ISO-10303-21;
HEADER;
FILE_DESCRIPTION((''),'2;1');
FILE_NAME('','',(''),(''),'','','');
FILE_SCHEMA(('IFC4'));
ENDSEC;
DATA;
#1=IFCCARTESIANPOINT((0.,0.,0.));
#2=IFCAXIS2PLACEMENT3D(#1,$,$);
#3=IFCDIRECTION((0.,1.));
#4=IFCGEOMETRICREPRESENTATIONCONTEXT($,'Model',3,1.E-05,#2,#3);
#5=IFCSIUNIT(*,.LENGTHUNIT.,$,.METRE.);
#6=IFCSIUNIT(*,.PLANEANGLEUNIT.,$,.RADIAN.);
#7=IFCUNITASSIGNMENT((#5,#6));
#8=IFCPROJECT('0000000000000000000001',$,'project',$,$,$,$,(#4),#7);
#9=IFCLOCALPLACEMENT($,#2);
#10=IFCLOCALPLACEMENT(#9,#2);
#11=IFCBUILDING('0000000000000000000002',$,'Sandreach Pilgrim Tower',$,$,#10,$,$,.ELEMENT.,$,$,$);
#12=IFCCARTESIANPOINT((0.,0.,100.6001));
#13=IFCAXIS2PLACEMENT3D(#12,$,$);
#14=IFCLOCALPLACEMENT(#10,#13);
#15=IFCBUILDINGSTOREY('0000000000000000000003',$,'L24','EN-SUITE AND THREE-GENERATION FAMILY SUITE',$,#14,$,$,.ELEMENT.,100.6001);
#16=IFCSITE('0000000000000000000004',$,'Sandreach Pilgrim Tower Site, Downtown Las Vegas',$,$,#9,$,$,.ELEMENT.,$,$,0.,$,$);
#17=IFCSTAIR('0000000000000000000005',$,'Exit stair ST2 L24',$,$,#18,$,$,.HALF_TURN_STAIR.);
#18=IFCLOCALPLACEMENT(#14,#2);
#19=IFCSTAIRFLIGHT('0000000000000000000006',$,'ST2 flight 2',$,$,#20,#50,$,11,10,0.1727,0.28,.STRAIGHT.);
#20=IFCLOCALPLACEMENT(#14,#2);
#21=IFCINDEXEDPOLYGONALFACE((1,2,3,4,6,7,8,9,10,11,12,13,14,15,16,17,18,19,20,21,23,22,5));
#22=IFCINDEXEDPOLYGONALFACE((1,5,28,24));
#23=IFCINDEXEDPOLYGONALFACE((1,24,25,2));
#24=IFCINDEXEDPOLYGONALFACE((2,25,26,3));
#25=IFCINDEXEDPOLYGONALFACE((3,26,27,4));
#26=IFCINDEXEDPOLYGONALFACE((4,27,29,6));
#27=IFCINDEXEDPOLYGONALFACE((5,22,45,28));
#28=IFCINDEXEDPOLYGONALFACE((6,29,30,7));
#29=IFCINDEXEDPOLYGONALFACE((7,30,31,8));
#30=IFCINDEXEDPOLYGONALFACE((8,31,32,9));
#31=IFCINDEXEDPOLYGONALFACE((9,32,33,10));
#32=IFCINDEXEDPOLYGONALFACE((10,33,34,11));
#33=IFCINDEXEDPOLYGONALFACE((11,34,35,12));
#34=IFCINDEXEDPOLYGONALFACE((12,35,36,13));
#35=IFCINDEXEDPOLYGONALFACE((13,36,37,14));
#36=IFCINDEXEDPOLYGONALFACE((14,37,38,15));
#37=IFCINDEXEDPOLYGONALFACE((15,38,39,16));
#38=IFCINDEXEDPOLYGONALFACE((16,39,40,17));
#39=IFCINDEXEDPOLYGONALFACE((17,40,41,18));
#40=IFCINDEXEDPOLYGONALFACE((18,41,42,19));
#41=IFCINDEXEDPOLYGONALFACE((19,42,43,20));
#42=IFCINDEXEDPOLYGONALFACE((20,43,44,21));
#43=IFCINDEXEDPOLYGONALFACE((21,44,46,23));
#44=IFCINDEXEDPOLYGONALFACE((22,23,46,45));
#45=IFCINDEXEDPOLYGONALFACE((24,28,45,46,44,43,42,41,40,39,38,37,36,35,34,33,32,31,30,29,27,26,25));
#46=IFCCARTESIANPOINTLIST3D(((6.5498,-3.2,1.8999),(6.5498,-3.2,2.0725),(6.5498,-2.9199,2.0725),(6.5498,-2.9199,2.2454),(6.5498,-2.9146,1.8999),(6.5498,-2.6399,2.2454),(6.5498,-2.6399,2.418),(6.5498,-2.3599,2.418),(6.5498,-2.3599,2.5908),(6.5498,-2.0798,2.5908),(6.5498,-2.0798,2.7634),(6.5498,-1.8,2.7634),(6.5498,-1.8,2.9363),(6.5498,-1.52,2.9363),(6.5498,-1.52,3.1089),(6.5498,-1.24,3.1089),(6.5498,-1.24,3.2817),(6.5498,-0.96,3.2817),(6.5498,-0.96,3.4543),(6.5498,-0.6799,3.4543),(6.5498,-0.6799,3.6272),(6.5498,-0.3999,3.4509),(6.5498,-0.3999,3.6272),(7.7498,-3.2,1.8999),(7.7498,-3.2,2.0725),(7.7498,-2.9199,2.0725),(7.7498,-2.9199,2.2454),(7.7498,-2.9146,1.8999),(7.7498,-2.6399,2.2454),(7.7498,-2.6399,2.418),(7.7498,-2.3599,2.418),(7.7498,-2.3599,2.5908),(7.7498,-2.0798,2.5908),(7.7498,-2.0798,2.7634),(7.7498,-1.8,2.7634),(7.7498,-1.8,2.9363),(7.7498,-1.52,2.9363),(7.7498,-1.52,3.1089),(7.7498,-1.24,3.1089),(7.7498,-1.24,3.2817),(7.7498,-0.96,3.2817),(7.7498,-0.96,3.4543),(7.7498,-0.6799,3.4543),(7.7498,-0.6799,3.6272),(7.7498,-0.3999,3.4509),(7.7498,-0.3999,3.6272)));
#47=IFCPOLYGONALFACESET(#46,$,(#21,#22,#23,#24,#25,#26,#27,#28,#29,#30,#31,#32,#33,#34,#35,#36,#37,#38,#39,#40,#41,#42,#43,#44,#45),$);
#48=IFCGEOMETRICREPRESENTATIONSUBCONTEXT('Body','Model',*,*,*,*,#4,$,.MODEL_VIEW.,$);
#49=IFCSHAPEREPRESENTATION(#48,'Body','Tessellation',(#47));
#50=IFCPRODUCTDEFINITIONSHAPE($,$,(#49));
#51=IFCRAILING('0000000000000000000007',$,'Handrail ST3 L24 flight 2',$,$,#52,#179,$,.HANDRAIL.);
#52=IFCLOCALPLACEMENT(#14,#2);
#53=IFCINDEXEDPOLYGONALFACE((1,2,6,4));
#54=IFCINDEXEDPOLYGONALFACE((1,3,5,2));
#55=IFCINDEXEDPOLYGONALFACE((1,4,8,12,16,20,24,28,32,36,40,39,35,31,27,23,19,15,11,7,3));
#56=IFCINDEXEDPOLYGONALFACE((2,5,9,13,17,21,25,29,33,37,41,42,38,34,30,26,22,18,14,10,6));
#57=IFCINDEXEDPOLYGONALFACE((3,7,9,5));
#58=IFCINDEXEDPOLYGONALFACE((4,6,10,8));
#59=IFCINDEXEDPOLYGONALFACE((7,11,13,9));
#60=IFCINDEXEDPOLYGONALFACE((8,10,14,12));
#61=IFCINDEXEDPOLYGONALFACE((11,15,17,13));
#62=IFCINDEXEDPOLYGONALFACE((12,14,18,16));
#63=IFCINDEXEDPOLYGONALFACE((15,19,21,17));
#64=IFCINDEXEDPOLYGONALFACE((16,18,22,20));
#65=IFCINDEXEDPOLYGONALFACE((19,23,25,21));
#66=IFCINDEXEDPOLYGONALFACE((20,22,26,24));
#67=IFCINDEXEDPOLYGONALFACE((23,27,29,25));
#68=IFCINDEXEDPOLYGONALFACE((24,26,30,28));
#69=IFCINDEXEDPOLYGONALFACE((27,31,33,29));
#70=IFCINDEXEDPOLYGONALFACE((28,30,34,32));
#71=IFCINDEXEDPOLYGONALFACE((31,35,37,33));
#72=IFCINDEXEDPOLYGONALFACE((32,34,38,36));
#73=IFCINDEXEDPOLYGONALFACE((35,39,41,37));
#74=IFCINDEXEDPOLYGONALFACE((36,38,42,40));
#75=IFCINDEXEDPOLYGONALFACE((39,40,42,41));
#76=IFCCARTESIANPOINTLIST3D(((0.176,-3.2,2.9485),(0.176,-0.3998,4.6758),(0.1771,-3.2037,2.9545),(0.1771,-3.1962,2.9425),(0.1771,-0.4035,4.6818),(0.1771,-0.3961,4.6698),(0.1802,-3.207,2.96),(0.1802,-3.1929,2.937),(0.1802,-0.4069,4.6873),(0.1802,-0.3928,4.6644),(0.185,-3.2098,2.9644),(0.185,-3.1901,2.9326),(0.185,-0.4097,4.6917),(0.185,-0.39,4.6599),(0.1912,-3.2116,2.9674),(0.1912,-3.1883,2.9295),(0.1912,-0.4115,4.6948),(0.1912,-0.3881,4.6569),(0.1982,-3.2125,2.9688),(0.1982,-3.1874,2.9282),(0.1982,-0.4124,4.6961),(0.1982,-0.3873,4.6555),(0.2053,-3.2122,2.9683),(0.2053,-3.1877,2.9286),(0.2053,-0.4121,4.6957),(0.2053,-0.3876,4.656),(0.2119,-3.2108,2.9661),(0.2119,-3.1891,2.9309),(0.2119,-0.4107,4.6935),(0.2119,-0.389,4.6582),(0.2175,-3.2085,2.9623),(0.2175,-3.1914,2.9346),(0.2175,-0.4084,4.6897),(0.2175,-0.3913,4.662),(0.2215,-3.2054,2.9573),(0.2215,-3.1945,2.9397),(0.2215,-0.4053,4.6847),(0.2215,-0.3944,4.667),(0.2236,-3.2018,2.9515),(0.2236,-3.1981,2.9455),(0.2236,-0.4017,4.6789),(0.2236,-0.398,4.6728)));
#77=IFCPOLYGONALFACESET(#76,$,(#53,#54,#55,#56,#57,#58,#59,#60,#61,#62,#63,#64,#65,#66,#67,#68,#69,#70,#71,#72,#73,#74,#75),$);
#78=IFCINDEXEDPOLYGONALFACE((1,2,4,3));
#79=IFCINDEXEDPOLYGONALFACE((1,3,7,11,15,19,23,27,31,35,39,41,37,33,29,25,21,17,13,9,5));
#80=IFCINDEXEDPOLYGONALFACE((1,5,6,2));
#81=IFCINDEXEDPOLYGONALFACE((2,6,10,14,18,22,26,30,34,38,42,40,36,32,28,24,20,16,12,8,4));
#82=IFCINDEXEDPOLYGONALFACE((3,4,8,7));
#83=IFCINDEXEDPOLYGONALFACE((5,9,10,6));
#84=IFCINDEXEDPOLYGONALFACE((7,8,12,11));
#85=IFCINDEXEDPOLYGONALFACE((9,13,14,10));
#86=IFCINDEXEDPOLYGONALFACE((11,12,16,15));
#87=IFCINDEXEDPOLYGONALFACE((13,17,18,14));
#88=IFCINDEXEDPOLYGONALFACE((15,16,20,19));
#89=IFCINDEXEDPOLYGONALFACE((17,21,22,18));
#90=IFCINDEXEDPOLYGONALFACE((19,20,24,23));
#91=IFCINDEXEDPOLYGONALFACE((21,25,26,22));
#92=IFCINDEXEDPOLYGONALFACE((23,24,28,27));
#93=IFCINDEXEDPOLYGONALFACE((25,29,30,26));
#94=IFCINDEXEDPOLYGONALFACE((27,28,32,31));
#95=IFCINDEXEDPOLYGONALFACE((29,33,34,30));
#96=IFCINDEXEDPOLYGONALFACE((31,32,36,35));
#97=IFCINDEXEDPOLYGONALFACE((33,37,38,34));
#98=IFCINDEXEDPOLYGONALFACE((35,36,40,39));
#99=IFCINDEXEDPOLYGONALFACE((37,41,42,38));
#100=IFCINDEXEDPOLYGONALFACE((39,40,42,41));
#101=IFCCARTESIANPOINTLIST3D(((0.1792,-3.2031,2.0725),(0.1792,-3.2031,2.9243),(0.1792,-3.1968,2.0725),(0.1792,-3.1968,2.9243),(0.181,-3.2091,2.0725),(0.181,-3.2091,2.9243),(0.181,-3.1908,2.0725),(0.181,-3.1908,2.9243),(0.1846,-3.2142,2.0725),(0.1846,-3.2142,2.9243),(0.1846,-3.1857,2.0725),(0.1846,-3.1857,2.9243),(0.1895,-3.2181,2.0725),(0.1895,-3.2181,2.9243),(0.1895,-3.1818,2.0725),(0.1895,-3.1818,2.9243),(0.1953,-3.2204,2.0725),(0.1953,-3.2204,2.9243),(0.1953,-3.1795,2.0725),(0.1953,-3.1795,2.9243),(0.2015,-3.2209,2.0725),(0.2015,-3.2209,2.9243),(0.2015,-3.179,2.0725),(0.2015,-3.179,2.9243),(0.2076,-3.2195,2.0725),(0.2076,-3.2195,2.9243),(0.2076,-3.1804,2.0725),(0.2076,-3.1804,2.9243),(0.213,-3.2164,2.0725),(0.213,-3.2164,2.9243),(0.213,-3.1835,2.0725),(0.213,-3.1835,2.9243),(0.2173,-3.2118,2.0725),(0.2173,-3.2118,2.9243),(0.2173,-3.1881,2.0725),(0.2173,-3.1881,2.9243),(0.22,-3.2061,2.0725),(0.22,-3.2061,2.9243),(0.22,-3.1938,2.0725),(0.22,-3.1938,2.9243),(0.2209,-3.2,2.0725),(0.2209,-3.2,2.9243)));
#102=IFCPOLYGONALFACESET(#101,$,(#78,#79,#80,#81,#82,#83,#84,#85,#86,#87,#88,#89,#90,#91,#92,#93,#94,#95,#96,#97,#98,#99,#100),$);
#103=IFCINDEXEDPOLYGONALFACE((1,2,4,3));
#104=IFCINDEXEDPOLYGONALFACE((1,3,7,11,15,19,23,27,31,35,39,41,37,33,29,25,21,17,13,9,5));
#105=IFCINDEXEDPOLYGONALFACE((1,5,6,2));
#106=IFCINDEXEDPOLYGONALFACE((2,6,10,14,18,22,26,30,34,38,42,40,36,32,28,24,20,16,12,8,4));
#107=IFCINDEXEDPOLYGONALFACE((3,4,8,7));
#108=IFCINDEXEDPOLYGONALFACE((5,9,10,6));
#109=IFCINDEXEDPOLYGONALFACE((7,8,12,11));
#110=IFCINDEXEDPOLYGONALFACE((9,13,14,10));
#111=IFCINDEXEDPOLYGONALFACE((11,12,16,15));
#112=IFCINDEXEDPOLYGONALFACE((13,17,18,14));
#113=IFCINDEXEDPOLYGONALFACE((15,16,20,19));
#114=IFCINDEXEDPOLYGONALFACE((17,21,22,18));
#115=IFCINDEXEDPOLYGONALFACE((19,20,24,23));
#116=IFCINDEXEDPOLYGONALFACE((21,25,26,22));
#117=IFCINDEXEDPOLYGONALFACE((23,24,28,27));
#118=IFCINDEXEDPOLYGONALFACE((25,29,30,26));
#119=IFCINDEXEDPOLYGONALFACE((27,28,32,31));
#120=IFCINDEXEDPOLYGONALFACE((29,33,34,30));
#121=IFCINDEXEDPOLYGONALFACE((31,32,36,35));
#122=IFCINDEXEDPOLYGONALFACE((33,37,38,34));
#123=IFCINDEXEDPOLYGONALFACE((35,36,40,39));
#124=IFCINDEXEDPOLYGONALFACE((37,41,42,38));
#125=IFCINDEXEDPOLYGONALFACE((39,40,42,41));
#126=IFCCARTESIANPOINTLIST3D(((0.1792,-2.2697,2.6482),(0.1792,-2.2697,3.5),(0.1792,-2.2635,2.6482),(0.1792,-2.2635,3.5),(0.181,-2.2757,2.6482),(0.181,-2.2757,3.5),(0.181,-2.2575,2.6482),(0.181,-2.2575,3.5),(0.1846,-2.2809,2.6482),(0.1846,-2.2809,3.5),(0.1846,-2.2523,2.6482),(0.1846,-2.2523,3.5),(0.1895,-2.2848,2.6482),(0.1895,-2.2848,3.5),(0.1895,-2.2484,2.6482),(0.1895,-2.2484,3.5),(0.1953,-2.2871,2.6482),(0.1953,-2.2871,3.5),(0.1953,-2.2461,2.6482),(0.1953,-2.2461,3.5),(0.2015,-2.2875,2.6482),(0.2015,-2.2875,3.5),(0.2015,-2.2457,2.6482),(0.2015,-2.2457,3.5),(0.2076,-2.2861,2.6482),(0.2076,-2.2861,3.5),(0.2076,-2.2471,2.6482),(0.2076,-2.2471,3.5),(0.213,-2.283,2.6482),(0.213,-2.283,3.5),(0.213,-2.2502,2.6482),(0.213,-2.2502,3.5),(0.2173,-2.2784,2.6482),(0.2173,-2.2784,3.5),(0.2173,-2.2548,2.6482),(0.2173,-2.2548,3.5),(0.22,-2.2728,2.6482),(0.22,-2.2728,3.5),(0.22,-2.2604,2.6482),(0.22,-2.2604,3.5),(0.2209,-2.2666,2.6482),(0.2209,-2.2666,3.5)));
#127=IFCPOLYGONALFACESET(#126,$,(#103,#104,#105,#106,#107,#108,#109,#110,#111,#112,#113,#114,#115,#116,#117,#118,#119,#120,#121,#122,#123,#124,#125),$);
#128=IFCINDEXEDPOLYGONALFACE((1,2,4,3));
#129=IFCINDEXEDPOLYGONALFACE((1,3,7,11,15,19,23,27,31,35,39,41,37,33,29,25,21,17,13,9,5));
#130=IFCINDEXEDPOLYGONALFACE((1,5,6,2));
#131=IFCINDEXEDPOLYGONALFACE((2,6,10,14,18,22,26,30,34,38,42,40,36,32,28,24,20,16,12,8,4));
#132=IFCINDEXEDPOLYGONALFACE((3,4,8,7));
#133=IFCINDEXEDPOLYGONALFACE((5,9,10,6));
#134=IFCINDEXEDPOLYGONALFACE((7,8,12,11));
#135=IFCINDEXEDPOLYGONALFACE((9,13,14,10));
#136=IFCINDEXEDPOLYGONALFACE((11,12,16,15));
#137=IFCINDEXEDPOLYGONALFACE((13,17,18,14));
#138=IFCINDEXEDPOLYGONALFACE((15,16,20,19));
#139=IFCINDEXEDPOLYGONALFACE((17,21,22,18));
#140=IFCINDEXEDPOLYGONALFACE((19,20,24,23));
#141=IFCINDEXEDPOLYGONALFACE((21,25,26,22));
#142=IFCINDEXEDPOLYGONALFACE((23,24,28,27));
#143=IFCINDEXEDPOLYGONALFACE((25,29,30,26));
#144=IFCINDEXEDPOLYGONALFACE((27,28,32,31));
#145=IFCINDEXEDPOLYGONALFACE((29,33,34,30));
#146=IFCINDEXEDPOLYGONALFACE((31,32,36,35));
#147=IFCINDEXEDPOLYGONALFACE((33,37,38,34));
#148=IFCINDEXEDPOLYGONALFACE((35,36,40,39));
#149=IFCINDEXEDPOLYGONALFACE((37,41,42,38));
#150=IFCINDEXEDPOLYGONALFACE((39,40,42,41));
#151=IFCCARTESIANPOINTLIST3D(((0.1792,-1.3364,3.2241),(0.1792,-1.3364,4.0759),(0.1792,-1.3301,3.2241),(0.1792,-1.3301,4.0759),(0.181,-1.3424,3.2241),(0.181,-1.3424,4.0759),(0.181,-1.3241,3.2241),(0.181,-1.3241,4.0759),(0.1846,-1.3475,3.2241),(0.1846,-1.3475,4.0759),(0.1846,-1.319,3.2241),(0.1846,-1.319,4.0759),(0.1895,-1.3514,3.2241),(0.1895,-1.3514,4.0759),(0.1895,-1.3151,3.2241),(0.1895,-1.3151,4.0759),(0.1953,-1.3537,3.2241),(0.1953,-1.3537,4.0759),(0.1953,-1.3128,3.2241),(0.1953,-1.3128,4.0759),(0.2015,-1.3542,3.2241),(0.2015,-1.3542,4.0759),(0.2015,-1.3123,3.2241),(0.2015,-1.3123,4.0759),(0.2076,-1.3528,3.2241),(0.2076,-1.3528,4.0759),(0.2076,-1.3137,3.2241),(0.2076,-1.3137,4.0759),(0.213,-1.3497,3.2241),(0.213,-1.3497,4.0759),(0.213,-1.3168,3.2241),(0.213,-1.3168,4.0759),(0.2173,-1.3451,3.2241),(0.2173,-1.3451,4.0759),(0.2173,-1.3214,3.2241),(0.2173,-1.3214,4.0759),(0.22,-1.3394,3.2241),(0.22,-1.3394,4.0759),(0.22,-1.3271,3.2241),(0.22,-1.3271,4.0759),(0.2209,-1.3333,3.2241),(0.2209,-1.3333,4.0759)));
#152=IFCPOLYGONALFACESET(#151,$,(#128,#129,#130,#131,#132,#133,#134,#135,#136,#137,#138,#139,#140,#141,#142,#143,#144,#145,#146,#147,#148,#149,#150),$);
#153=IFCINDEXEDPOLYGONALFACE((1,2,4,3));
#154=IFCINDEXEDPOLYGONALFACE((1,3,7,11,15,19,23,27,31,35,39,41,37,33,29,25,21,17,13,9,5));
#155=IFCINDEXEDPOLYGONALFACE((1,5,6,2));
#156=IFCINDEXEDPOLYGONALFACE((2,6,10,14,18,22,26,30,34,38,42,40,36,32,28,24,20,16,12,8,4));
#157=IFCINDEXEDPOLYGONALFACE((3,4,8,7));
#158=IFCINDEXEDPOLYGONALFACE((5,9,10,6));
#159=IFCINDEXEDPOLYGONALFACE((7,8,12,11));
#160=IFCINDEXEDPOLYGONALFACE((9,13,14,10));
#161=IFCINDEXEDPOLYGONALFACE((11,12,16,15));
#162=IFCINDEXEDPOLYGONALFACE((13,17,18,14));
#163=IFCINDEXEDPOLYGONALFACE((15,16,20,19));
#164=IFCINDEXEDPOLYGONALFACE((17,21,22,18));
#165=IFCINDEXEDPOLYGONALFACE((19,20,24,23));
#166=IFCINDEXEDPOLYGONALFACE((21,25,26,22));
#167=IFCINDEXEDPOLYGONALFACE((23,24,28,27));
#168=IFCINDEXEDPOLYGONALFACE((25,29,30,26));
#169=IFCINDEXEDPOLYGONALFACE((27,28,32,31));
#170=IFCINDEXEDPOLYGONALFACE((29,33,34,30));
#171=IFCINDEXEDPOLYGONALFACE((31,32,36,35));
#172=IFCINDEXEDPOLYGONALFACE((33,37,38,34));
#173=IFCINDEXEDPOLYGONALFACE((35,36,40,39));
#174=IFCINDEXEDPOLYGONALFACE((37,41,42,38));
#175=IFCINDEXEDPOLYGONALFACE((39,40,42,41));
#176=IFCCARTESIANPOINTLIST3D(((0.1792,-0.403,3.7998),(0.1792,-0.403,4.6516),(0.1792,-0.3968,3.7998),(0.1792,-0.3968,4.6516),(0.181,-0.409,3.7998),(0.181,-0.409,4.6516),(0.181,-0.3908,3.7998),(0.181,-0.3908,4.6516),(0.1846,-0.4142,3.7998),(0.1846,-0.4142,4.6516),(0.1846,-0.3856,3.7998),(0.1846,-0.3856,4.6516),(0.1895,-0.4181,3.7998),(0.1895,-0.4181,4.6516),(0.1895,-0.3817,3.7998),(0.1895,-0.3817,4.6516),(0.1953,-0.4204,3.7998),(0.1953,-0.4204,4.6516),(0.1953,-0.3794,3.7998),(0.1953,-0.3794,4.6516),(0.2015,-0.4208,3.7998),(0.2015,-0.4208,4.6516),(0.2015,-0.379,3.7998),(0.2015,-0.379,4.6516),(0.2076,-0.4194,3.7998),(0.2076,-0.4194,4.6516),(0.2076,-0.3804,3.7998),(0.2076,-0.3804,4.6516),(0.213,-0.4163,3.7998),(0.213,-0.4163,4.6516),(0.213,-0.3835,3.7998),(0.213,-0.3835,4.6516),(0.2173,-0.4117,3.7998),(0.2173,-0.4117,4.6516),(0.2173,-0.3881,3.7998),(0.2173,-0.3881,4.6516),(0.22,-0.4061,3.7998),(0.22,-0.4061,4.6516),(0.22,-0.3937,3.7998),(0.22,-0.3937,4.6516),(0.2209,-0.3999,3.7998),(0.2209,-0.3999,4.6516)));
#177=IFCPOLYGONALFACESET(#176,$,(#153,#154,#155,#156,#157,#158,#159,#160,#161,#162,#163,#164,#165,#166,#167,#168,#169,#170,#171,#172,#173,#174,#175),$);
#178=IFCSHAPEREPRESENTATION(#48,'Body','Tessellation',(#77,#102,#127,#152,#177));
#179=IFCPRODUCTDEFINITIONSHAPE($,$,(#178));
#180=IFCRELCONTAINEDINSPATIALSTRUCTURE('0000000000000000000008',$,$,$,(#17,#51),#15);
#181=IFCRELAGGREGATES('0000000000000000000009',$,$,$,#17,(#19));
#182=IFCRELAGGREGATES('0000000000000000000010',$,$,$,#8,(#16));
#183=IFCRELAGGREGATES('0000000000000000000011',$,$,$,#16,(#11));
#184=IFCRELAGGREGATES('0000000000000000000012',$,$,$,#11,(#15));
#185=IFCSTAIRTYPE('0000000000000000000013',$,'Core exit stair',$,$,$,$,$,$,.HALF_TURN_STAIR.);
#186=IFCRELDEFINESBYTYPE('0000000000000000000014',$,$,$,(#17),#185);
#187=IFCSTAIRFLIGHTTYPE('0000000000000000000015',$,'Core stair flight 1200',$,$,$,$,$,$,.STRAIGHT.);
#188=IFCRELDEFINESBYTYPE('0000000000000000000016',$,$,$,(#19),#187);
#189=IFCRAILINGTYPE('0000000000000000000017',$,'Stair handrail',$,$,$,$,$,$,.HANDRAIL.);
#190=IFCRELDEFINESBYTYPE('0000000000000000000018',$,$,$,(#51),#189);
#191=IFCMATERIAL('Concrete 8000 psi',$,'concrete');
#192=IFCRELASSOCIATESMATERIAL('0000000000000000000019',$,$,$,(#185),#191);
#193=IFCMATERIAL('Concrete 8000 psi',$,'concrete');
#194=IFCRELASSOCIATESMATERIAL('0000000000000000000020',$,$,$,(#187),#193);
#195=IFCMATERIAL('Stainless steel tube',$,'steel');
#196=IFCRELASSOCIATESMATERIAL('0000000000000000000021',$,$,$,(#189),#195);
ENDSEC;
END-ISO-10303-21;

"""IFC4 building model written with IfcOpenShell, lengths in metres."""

from ifc_helpers import new_model, si_unit, direction, frame, origin, origin_2d, place, context, subcontext, project, spatial, polyline, circle, outline, extrude, material, type_object, element, aggregate, save


model = new_model("IFC4")

# Units and contexts
model_context = context("Model", 3, precision=1e-05, world=origin(), true_north=direction((0.0, 1.0)))
body_context = subcontext(model_context, "Body", "Model", "MODEL_VIEW")
ifc_project = project(units=[si_unit("LENGTHUNIT", "METRE"), si_unit("PLANEANGLEUNIT", "RADIAN")], contexts=[model_context])

# Site, building, storey
site_placement = place(None, origin())
site = spatial("IfcSite", under=ifc_project, at=site_placement, Name="Sandreach Pilgrim Tower Site, Downtown Las Vegas", CompositionType="ELEMENT", RefElevation=0.0)
building_placement = place(site_placement, origin())
building = spatial("IfcBuilding", under=site, at=building_placement, Name="Sandreach Pilgrim Tower", CompositionType="ELEMENT")
storey_placement = place(building_placement, frame((0.0, 0.0, 100.6001)))
storey = spatial("IfcBuildingStorey", under=building, at=storey_placement, Name="L24", Description="EN-SUITE AND THREE-GENERATION FAMILY SUITE", CompositionType="ELEMENT", Elevation=100.6001)

# Shared definitions
ifc_material_1 = material(Name="Concrete 8000 psi", Category="concrete")
stair_type = type_object("IfcStairType", Name="Core exit stair", PredefinedType="HALF_TURN_STAIR", material=ifc_material_1)

# Stair
stair_1_placement = place(storey_placement, origin())
stair_1 = element("IfcStair", 1, at=stair_1_placement, inside=storey, type_object=stair_type, Name="Exit stair ST2 L24", PredefinedType="HALF_TURN_STAIR")

# Stair flight
ifc_material_2 = material(Name="Concrete 8000 psi", Category="concrete")
stair_flight_type = type_object("IfcStairFlightType", Name="Core stair flight 1200", PredefinedType="STRAIGHT", material=ifc_material_2)
stair_flight_1_placement = place(storey_placement, frame((7.1499, -3.2, 1.8999), z_axis=(0.0, 0.0, 1.0), x_axis=(0.0, 1.0, 0.0)))
stair_flight_1 = element("IfcStairFlight", 2, at=stair_flight_1_placement, type_object=stair_flight_type, Name="ST2 flight 2", NumberOfRisers=11, NumberOfTreads=10, PredefinedType="STRAIGHT", RiserHeight=0.1727, TreadLength=0.28, context=body_context, shape_type="SweptSolid", body=[
    extrude(outline(polyline([(0.0, 0.0), (0.0, 0.1726), (0.28, 0.1726), (0.28, 0.3455), (0.5601, 0.3455), (0.5601, 0.5181), (0.8401, 0.5181), (0.8401, 0.6909), (1.1201, 0.6909), (1.1201, 0.8635), (1.3999, 0.8635), (1.3999, 1.0364), (1.6799, 1.0364), (1.6799, 1.209), (1.96, 1.209), (1.96, 1.3818), (2.24, 1.3818), (2.24, 1.5544), (2.52, 1.5544), (2.52, 1.7273), (2.8, 1.7273), (2.8, 1.8999), (2.8, 1.551), (0.2854, 0.0), (0.0, 0.0)])), frame((0.0, 0.6001, 0.0), z_axis=(0.0, -1.0, 0.0), x_axis=(1.0, 0.0, 0.0)), (0.0, 0.0, 1.0), 1.2),
])
aggregate(stair_1, [stair_flight_1])

# Railing
ifc_material_3 = material(Name="Stainless steel tube", Category="steel")
railing_type = type_object("IfcRailingType", Name="Stair handrail", PredefinedType="HANDRAIL", material=ifc_material_3)
for number, where, name in (
    (3, (0.2, -3.2, 2.0725), "Handrail ST3 L24 flight 2"),
):
    element("IfcRailing", number, at=place(storey_placement, frame(where)), inside=storey, type_object=railing_type, Name=name, PredefinedType="HANDRAIL", context=body_context, shape_type="SweptSolid", body=[
        extrude(circle(Radius=0.0239, at=origin_2d()), frame((0.0, 0.0, 0.876), z_axis=(0.0, 0.85109, 0.52502), x_axis=(-1.0, 0.0, 0.0)), (0.0, 0.0, 1.0), 3.29),
        extrude(circle(Radius=0.021, at=origin_2d()), origin(), (0.0, 0.0, 1.0), 0.8518),
        extrude(circle(Radius=0.021, at=origin_2d()), frame((0.0, 0.9333, 0.5757)), (0.0, 0.0, 1.0), 0.8518),
        extrude(circle(Radius=0.021, at=origin_2d()), frame((0.0, 1.8667, 1.1516)), (0.0, 0.0, 1.0), 0.8518),
        extrude(circle(Radius=0.021, at=origin_2d()), frame((0.0, 2.8, 1.7273)), (0.0, 0.0, 1.0), 0.8518),
    ])

save(model, "model.ifc")
